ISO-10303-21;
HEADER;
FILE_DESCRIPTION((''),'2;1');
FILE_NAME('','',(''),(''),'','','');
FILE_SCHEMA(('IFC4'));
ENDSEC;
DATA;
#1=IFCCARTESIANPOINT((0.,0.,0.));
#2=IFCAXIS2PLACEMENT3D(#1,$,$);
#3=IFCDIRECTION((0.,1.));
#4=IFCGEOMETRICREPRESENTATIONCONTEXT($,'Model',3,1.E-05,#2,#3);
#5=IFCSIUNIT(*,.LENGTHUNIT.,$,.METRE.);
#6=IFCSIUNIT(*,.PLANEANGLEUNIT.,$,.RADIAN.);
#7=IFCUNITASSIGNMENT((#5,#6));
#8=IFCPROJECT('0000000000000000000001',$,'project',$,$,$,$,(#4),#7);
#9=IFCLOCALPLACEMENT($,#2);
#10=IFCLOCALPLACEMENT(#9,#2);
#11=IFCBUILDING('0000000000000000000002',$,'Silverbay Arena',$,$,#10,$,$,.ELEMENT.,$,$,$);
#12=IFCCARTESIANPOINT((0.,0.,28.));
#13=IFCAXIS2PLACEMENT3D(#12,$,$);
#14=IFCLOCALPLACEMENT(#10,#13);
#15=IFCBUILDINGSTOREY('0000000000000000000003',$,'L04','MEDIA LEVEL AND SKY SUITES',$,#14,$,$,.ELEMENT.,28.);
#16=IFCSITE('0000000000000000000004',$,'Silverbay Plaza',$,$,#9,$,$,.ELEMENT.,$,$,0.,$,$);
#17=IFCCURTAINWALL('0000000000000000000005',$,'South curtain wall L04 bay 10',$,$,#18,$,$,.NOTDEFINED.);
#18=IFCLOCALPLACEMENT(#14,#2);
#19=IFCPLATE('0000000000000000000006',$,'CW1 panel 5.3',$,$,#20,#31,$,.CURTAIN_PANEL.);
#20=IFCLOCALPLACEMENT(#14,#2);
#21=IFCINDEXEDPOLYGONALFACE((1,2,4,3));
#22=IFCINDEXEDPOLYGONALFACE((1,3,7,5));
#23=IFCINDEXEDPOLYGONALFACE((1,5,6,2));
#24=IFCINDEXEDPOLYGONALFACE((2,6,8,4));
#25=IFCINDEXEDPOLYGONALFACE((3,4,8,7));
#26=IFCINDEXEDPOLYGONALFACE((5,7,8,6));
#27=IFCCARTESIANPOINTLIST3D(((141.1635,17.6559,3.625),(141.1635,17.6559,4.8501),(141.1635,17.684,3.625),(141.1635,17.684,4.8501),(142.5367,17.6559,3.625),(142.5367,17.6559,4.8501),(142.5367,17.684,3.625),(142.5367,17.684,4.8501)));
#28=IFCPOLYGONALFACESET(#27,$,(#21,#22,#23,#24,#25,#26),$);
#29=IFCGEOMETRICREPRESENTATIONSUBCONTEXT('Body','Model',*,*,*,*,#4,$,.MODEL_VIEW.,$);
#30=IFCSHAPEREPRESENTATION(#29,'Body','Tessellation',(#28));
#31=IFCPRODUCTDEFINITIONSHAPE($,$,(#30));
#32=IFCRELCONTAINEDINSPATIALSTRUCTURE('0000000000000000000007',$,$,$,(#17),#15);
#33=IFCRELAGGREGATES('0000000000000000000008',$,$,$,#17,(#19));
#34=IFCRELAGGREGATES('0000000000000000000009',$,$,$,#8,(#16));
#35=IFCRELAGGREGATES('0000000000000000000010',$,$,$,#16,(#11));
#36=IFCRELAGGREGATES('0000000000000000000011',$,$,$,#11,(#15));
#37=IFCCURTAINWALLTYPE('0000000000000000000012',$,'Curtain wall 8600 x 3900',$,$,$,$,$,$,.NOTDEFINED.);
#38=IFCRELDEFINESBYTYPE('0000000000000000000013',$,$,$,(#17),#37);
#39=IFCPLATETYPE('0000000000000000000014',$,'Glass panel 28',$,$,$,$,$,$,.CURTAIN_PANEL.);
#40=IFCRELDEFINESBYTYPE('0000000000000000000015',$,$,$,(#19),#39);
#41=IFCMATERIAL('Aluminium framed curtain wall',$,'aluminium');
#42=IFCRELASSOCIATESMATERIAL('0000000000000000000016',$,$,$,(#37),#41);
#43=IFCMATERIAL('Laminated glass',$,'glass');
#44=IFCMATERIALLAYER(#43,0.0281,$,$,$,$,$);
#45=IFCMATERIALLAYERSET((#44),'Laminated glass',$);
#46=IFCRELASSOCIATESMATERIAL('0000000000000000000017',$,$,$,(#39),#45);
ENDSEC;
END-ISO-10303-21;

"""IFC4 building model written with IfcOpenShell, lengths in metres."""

from ifc_helpers import new_model, si_unit, direction, frame, origin, origin_2d, place, context, subcontext, project, spatial, rectangle, extrude, material, layer, layer_set, type_object, element, aggregate, save


model = new_model("IFC4")

# Units and contexts
model_context = context("Model", 3, precision=1e-05, world=origin(), true_north=direction((0.0, 1.0)))
body_context = subcontext(model_context, "Body", "Model", "MODEL_VIEW")
ifc_project = project(units=[si_unit("LENGTHUNIT", "METRE"), si_unit("PLANEANGLEUNIT", "RADIAN")], contexts=[model_context])

# Site, building, storey
site_placement = place(None, origin())
site = spatial("IfcSite", under=ifc_project, at=site_placement, Name="Silverbay Plaza", CompositionType="ELEMENT", RefElevation=0.0)
building_placement = place(site_placement, origin())
building = spatial("IfcBuilding", under=site, at=building_placement, Name="Silverbay Arena", CompositionType="ELEMENT")
storey_placement = place(building_placement, frame((0.0, 0.0, 28.0)))
storey = spatial("IfcBuildingStorey", under=building, at=storey_placement, Name="L04", Description="MEDIA LEVEL AND SKY SUITES", CompositionType="ELEMENT", Elevation=28.0)

# Curtain wall, plate
ifc_material_1 = material(Name="Aluminium framed curtain wall", Category="aluminium")
curtain_wall_type = type_object("IfcCurtainWallType", Name="Curtain wall 8600 x 3900", PredefinedType="NOTDEFINED", material=ifc_material_1)
curtain_wall_placement = place(storey_placement, origin())
curtain_wall = element("IfcCurtainWall", 1, at=curtain_wall_placement, inside=storey, type_object=curtain_wall_type, Name="South curtain wall L04 bay 10", PredefinedType="NOTDEFINED")
ifc_material_2 = material(Name="Laminated glass", Category="glass")
ifc_layer = layer(ifc_material_2, 0.0281)
ifc_layer_set = layer_set([ifc_layer], Name="Laminated glass")
plate_type = type_object("IfcPlateType", Name="Glass panel 28", PredefinedType="CURTAIN_PANEL", material=ifc_layer_set)
plate_1_placement = place(storey_placement, frame((141.8501, 17.6699, 3.625), z_axis=(0.0, 0.0, 1.0), x_axis=(1.0, 0.0, 0.0)))
plate_1 = element("IfcPlate", 2, at=plate_1_placement, type_object=plate_type, Name="CW1 panel 5.3", PredefinedType="CURTAIN_PANEL", context=body_context, shape_type="SweptSolid", body=[
    extrude(rectangle(XDim=1.3733, YDim=0.0281, at=origin_2d()), origin(), (0.0, 0.0, 1.0), 1.2251),
])
aggregate(curtain_wall, [plate_1])

save(model, "model.ifc")
